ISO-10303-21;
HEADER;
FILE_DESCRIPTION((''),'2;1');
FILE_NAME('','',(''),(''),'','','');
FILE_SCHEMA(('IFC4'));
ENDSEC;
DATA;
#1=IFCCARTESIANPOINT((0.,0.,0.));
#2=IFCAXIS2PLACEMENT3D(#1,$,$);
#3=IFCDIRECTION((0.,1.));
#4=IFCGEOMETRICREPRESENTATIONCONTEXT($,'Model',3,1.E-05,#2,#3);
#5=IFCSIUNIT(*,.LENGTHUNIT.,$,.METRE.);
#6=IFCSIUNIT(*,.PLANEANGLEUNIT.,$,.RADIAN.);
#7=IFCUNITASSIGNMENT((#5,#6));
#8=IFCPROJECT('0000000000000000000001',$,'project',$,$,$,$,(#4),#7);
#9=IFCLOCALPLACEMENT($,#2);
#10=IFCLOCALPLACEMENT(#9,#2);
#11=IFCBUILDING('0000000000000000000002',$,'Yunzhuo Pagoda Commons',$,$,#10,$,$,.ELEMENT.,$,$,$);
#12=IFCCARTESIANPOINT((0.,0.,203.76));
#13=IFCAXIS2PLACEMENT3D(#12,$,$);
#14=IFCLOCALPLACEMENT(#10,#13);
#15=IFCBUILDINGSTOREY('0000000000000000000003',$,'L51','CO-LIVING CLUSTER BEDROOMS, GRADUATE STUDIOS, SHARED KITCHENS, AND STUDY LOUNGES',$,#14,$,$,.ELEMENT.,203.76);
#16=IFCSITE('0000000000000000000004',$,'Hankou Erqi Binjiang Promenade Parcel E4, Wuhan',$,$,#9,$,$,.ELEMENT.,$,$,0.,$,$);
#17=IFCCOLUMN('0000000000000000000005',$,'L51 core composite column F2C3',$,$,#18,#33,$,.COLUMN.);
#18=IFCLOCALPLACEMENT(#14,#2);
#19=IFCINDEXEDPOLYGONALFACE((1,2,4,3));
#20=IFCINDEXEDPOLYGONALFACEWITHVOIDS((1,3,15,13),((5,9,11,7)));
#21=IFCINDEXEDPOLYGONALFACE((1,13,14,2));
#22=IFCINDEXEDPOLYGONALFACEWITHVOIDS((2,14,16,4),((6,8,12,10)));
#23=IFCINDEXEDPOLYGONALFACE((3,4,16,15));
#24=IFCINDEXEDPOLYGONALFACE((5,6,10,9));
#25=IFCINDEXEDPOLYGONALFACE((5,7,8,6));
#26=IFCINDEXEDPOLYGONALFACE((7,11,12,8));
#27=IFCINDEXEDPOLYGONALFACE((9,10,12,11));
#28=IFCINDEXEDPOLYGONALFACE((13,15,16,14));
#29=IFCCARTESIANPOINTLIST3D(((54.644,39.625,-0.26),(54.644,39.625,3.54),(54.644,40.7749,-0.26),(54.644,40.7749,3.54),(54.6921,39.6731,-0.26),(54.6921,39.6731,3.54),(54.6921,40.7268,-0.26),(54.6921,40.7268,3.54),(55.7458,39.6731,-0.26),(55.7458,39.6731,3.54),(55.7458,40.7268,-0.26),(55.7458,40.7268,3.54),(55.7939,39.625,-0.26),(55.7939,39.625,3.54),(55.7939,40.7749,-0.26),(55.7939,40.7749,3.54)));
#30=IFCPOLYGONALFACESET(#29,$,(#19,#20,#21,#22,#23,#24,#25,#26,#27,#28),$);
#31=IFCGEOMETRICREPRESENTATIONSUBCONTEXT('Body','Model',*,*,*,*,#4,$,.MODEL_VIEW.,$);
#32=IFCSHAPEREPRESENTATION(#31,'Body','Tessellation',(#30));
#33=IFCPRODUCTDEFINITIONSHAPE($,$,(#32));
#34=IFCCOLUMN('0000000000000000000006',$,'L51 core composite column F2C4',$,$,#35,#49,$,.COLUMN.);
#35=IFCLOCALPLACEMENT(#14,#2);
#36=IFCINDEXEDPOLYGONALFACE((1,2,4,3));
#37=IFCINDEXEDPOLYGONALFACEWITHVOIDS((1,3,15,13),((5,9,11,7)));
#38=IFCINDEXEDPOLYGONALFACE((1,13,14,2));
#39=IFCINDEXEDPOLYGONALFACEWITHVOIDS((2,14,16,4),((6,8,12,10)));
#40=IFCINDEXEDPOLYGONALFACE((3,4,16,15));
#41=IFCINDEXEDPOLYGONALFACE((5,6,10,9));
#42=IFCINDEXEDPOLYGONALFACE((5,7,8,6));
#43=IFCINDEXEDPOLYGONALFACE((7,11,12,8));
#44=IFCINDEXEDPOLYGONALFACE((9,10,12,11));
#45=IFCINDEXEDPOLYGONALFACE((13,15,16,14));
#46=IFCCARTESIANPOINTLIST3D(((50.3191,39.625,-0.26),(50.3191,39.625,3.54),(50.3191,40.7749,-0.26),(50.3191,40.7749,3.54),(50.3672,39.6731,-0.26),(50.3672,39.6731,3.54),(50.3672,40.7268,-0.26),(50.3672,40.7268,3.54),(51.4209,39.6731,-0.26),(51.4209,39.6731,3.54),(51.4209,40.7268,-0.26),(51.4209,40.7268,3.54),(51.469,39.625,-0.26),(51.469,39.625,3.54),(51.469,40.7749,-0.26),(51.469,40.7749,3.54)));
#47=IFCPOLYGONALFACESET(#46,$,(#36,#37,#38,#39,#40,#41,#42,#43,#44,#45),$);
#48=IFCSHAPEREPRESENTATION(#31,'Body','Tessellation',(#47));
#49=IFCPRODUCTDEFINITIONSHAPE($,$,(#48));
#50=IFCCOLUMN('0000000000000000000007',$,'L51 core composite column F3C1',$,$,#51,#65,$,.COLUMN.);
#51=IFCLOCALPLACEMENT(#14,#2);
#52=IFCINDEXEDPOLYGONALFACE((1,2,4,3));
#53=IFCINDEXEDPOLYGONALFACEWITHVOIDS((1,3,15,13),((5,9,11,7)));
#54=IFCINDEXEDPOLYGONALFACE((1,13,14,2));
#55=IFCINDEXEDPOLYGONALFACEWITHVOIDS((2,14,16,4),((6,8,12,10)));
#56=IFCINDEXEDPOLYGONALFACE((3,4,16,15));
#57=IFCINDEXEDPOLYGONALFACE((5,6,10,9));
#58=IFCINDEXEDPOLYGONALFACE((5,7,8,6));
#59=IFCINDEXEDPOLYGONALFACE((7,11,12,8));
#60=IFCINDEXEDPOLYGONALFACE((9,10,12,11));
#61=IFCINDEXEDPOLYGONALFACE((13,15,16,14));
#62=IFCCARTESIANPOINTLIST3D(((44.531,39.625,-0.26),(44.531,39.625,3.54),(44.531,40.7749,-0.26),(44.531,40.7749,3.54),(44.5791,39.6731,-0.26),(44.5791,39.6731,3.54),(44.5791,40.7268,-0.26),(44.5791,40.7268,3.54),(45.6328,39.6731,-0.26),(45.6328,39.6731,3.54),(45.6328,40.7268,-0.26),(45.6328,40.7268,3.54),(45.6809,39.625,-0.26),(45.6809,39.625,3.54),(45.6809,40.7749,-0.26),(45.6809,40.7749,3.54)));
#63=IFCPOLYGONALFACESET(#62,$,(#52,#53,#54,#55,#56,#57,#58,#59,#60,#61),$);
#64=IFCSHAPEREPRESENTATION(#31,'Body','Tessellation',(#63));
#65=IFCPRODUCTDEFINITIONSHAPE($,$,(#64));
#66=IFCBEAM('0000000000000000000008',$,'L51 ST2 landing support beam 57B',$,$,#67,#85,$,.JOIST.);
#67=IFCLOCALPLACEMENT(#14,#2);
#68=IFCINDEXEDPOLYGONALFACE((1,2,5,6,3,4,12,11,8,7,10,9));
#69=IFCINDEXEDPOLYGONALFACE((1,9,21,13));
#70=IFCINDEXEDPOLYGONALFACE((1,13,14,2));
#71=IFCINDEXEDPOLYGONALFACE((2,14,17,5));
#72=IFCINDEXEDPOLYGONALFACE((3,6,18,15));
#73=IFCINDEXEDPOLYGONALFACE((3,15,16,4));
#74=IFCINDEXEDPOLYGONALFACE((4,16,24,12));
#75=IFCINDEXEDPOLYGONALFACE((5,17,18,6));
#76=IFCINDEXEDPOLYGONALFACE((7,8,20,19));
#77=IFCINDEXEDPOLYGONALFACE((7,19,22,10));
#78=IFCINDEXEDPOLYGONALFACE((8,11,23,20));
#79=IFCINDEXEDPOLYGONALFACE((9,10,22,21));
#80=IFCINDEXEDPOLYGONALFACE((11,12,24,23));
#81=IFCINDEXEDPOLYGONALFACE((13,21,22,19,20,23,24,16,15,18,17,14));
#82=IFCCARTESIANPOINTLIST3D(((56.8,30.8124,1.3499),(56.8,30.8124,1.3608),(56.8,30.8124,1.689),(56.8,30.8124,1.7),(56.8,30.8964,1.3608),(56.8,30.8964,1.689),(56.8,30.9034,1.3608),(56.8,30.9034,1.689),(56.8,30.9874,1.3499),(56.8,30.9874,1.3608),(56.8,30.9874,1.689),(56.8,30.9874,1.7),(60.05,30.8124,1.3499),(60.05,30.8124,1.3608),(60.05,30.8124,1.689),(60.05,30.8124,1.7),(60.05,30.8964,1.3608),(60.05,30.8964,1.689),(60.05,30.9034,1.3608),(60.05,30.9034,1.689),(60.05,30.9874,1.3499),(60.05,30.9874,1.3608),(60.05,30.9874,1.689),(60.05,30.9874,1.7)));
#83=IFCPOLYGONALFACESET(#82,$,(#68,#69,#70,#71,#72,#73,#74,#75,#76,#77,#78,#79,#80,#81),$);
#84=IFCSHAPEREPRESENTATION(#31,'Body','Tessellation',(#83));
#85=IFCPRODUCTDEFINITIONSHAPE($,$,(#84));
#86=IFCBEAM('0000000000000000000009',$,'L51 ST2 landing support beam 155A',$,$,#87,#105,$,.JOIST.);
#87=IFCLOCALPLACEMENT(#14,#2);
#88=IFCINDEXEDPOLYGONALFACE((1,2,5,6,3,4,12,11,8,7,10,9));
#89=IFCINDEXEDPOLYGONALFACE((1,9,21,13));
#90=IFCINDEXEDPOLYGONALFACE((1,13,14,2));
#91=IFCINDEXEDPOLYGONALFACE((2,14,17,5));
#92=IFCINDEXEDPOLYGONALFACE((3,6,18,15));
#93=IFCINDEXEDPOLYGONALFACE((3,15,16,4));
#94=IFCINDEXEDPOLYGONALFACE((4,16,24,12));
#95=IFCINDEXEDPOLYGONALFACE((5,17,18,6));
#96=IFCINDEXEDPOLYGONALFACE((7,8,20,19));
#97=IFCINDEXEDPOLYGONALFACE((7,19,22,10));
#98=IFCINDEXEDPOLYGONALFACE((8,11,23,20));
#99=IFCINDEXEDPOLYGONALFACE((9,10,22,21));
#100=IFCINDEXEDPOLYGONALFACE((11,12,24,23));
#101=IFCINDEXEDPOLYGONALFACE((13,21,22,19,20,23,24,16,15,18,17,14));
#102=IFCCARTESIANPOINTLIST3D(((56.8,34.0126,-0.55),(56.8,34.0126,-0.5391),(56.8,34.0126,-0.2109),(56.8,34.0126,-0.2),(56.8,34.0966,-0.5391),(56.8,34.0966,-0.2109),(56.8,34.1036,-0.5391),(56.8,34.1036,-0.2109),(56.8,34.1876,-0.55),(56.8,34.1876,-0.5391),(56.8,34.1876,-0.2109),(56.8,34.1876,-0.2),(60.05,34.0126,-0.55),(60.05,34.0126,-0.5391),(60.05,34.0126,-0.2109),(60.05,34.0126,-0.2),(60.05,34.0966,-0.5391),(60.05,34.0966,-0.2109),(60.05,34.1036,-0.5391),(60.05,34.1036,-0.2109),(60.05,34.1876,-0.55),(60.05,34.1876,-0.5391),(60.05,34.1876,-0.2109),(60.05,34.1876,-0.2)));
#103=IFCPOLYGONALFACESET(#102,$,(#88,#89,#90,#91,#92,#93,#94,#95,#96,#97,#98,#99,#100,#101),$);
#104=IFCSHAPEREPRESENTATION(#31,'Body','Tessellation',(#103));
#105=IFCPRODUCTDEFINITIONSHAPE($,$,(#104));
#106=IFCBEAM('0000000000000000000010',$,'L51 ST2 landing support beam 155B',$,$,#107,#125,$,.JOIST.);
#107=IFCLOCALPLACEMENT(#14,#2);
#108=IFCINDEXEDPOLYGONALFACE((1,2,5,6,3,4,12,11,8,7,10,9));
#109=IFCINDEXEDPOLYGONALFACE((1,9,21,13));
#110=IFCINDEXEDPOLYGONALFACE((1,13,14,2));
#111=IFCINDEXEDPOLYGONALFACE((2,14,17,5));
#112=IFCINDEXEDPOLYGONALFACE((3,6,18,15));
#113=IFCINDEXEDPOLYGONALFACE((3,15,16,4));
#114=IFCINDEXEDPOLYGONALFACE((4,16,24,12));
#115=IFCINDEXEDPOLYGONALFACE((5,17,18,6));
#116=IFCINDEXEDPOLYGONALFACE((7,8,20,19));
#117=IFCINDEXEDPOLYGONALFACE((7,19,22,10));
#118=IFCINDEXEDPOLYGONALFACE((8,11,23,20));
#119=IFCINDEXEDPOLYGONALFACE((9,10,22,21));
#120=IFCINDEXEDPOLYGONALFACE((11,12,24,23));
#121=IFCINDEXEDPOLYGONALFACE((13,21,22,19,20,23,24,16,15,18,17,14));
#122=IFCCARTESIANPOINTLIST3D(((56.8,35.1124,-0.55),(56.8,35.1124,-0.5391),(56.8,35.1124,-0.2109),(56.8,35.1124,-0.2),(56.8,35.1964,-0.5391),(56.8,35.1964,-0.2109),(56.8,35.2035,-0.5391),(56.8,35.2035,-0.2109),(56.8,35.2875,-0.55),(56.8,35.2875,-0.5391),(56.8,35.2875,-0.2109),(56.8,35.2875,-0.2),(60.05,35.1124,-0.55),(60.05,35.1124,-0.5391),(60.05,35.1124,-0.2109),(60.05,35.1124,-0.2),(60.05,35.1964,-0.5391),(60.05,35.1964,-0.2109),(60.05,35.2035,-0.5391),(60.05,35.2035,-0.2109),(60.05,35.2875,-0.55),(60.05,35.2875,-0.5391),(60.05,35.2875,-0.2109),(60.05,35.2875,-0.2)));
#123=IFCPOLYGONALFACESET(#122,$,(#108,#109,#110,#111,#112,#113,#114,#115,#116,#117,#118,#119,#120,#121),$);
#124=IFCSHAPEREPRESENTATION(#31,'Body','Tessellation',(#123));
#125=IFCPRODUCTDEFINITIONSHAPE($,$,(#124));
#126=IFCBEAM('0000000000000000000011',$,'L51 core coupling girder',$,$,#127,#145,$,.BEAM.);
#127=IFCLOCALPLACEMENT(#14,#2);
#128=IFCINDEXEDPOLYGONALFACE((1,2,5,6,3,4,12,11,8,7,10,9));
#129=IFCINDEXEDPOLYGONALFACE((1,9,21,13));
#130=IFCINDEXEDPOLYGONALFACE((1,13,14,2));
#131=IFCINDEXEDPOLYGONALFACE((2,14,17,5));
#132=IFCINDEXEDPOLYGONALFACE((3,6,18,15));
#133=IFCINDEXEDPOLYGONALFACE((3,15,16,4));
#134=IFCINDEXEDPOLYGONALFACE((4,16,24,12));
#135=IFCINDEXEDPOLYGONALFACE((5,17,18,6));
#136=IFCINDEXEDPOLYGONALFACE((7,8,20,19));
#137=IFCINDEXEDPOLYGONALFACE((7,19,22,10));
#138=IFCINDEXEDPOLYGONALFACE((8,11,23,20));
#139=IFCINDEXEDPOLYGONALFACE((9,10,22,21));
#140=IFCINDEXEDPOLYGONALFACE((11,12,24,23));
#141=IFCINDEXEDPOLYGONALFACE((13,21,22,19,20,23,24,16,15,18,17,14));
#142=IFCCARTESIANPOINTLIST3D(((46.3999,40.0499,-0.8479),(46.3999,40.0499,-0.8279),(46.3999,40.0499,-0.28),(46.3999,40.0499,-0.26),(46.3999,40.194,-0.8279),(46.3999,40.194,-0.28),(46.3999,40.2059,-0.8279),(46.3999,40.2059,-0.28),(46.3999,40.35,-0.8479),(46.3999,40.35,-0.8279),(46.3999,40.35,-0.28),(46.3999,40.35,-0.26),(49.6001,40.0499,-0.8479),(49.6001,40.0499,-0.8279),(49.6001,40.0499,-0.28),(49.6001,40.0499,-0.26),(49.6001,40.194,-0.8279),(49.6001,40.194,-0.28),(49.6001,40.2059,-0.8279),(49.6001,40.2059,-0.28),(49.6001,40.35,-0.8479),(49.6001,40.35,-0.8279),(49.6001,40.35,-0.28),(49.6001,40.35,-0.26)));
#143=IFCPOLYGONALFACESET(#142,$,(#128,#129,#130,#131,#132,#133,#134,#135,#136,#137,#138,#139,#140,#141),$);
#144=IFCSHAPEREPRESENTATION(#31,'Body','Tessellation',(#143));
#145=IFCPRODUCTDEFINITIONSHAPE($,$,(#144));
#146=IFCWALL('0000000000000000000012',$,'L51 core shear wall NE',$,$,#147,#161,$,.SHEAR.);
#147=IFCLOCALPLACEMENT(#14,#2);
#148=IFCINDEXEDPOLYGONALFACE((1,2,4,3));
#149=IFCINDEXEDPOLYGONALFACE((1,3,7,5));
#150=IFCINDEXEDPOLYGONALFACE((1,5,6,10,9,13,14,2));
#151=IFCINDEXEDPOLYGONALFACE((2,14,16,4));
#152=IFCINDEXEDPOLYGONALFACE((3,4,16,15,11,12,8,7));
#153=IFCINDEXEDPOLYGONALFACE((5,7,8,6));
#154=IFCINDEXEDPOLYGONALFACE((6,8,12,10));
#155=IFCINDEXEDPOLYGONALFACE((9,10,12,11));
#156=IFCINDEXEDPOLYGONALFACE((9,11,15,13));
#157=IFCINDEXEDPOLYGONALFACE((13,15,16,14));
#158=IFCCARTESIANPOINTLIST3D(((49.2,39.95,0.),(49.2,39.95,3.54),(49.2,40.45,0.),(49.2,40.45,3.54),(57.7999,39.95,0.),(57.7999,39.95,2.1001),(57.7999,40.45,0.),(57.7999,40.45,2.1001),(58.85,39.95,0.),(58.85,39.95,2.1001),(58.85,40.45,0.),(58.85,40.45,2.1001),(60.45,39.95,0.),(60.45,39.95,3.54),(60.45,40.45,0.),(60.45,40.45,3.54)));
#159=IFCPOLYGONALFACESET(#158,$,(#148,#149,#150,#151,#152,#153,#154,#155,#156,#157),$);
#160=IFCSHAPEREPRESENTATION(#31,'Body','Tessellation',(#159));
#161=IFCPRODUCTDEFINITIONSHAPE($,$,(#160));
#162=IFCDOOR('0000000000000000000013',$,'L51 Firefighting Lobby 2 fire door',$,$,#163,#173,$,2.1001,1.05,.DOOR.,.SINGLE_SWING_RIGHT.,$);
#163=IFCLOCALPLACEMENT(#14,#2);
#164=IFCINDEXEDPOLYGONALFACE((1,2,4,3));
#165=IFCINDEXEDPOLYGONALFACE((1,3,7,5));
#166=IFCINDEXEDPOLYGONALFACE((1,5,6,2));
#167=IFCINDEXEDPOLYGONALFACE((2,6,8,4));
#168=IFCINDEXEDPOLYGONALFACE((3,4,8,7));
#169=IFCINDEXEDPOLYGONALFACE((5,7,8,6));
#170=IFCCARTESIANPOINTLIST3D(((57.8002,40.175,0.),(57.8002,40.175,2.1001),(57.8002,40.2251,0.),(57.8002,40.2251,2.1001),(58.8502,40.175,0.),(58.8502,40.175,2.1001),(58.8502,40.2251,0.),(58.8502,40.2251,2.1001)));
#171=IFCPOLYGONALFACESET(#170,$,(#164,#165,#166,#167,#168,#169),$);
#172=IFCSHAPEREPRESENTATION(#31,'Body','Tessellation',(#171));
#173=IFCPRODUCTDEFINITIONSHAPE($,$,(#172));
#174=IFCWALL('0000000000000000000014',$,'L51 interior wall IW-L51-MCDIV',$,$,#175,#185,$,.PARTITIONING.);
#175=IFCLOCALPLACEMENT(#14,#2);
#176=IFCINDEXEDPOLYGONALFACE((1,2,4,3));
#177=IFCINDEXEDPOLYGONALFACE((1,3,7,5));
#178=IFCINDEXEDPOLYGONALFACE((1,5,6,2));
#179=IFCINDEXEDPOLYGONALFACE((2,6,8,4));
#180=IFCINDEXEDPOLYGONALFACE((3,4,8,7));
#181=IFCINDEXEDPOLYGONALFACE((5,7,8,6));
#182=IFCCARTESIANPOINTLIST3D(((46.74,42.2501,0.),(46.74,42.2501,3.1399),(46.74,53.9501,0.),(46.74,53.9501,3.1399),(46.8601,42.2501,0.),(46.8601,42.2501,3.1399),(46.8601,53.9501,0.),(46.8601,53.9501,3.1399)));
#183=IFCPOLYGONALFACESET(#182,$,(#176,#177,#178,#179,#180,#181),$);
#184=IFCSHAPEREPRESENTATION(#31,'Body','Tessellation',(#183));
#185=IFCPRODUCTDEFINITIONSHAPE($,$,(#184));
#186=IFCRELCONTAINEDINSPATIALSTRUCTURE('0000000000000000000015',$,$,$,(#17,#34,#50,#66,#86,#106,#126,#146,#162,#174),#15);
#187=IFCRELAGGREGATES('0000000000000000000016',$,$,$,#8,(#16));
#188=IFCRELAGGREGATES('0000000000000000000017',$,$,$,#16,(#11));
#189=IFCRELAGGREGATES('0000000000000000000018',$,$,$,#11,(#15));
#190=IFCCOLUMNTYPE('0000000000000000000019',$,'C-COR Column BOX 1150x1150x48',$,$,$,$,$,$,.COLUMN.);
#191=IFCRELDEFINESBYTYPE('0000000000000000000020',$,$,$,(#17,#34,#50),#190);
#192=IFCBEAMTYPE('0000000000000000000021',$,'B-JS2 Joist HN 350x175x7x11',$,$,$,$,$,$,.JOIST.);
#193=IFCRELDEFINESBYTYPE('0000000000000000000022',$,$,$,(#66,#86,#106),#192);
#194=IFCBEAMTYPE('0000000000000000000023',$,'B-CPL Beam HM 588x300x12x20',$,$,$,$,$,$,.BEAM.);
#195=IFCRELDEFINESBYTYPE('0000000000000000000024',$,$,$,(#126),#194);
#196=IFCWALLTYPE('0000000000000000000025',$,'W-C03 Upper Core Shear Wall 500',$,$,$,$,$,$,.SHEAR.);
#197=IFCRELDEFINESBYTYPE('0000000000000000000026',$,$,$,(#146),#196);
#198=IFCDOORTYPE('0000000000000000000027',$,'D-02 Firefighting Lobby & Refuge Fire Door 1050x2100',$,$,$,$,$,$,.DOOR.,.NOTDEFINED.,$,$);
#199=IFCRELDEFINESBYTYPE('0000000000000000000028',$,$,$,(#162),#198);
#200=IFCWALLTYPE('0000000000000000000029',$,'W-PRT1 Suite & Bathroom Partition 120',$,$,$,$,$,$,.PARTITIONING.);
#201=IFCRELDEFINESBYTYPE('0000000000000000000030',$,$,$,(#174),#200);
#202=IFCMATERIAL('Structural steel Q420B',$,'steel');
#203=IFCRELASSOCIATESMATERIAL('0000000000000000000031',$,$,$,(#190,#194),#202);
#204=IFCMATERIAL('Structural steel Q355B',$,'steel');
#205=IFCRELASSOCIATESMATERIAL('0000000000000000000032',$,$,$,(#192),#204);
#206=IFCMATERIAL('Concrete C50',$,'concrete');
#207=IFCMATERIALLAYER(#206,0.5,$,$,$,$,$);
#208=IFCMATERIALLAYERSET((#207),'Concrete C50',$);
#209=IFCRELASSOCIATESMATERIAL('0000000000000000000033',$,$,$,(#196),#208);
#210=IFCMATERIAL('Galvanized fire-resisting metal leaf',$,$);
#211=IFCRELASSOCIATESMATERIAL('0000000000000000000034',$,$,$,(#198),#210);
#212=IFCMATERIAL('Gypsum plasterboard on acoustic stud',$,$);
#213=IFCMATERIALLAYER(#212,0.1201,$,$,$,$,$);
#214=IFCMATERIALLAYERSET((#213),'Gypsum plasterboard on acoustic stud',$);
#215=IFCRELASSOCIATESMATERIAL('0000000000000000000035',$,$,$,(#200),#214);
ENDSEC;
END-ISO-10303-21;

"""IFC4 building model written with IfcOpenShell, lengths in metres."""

from ifc_helpers import new_model, si_unit, direction, frame, frame_2d, origin, origin_2d, place, context, subcontext, project, spatial, rectangle, hollow_rectangle, i_section, extrude, source, transform, mapped, material, layer, layer_set, material_profile, profile_set, type_object, element, fill, save


model = new_model("IFC4")

# Units and contexts
model_context = context("Model", 3, precision=1e-05, world=origin(), true_north=direction((0.0, 1.0)))
body_context = subcontext(model_context, "Body", "Model", "MODEL_VIEW")
ifc_project = project(units=[si_unit("LENGTHUNIT", "METRE"), si_unit("PLANEANGLEUNIT", "RADIAN")], contexts=[model_context])

# Site, building, storey
site_placement = place(None, origin())
site = spatial("IfcSite", under=ifc_project, at=site_placement, Name="Hankou Erqi Binjiang Promenade Parcel E4, Wuhan", CompositionType="ELEMENT", RefElevation=0.0)
building_placement = place(site_placement, origin())
building = spatial("IfcBuilding", under=site, at=building_placement, Name="Yunzhuo Pagoda Commons", CompositionType="ELEMENT")
storey_placement = place(building_placement, frame((0.0, 0.0, 203.76)))
storey = spatial("IfcBuildingStorey", under=building, at=storey_placement, Name="L51", Description="CO-LIVING CLUSTER BEDROOMS, GRADUATE STUDIOS, SHARED KITCHENS, AND STUDY LOUNGES", CompositionType="ELEMENT", Elevation=203.76)

# Columns
ifc_material_1 = material(Name="Structural steel Q420B", Category="steel")
ifc_material_profile_1 = material_profile(ifc_material_1, hollow_rectangle(XDim=1.1499, YDim=1.1499, WallThickness=0.0481, at=origin_2d()), Name="Structural steel Q420B")
ifc_profile_set_1 = profile_set([ifc_material_profile_1], Name="Structural steel Q420B")
column_type = type_object("IfcColumnType", Name="C-COR Column BOX 1150x1150x48", PredefinedType="COLUMN", material=ifc_profile_set_1)
shared_shape_1 = source(origin(), body_context, "Body", "SweptSolid", [
    extrude(hollow_rectangle(XDim=1.1499, YDim=1.1499, WallThickness=0.0481, at=origin_2d()), origin(), (0.0, 0.0, 1.0), 3.8),
])
for number, where, z_axis, x_axis, name in (
    (1, (55.219, 40.2, -0.26), (0.0, 0.0, 1.0), (1.0, 0.0, 0.0), "L51 core composite column F2C3"),
    (2, (50.894, 40.2, -0.26), (0.0, 0.0, 1.0), (1.0, 0.0, 0.0), "L51 core composite column F2C4"),
    (3, (45.106, 40.2, -0.26), (0.0, 0.0, 1.0), (1.0, 0.0, 0.0), "L51 core composite column F3C1"),
):
    element("IfcColumn", number, at=place(storey_placement, frame(where, z_axis=z_axis, x_axis=x_axis)), inside=storey, type_object=column_type, Name=name, PredefinedType="COLUMN", context=body_context, shape_type="MappedRepresentation", body=[
        mapped(shared_shape_1, transform((0.0, 0.0, 0.0), scale=1.0)),
    ])

# Beams
ifc_material_2 = material(Name="Structural steel Q355B", Category="steel")
ifc_material_profile_2 = material_profile(ifc_material_2, i_section(OverallWidth=0.175, OverallDepth=0.3501, WebThickness=0.0071, FlangeThickness=0.011, at=origin_2d()), Name="Structural steel Q355B")
ifc_profile_set_2 = profile_set([ifc_material_profile_2], Name="Structural steel Q355B")
beam_type_1 = type_object("IfcBeamType", Name="B-JS2 Joist HN 350x175x7x11", PredefinedType="JOIST", material=ifc_profile_set_2)
shared_shape_2 = source(origin(), body_context, "Body", "SweptSolid", [
    extrude(i_section(OverallWidth=0.175, OverallDepth=0.3501, WebThickness=0.0071, FlangeThickness=0.011, at=origin_2d()), origin(), (0.0, 0.0, 1.0), 3.25),
])
for number, where, z_axis, x_axis, name in (
    (4, (56.8, 30.8999, 1.5249), (1.0, 0.0, 0.0), (0.0, 1.0, 0.0), "L51 ST2 landing support beam 57B"),
    (5, (56.8, 34.1001, -0.375), (1.0, 0.0, 0.0), (0.0, 1.0, 0.0), "L51 ST2 landing support beam 155A"),
    (6, (56.8, 35.2, -0.375), (1.0, 0.0, 0.0), (0.0, 1.0, 0.0), "L51 ST2 landing support beam 155B"),
):
    element("IfcBeam", number, at=place(storey_placement, frame(where, z_axis=z_axis, x_axis=x_axis)), inside=storey, type_object=beam_type_1, Name=name, PredefinedType="JOIST", context=body_context, shape_type="MappedRepresentation", body=[
        mapped(shared_shape_2, transform((0.0, 0.0, 0.0), scale=1.0)),
    ])
ifc_material_profile_3 = material_profile(ifc_material_1, i_section(OverallWidth=0.3, OverallDepth=0.5879, WebThickness=0.012, FlangeThickness=0.02, at=origin_2d()), Name="Structural steel Q420B")
ifc_profile_set_3 = profile_set([ifc_material_profile_3], Name="Structural steel Q420B")
beam_type_2 = type_object("IfcBeamType", Name="B-CPL Beam HM 588x300x12x20", PredefinedType="BEAM", material=ifc_profile_set_3)
shared_shape_3 = source(origin(), body_context, "Body", "SweptSolid", [
    extrude(i_section(OverallWidth=0.3, OverallDepth=0.5879, WebThickness=0.012, FlangeThickness=0.02, at=origin_2d()), origin(), (0.0, 0.0, 1.0), 3.2002),
])
beam_placement = place(storey_placement, frame((46.3999, 40.2, -0.554), z_axis=(1.0, 0.0, 0.0), x_axis=(0.0, 1.0, 0.0)))
element("IfcBeam", 7, at=beam_placement, inside=storey, type_object=beam_type_2, Name="L51 core coupling girder", PredefinedType="BEAM", context=body_context, shape_type="MappedRepresentation", body=[
    mapped(shared_shape_3, transform((0.0, 0.0, 0.0), scale=1.0)),
])

# Wall, opening, door
ifc_material_3 = material(Name="Concrete C50", Category="concrete")
ifc_layer_1 = layer(ifc_material_3, 0.5)
ifc_layer_set_1 = layer_set([ifc_layer_1], Name="Concrete C50")
wall_type_1 = type_object("IfcWallType", Name="W-C03 Upper Core Shear Wall 500", PredefinedType="SHEAR", material=ifc_layer_set_1)
wall_1_placement = place(storey_placement, frame((49.2, 40.2, 0.0), z_axis=(0.0, 0.0, 1.0), x_axis=(1.0, 0.0, 0.0)))
wall_1 = element("IfcWall", 8, at=wall_1_placement, inside=storey, type_object=wall_type_1, Name="L51 core shear wall NE", PredefinedType="SHEAR", context=body_context, shape_type="SweptSolid", body=[
    extrude(rectangle(XDim=11.25, YDim=0.5, at=frame_2d((5.625, 0.0))), origin(), (0.0, 0.0, 1.0), 3.54),
])
opening_1_placement = place(wall_1_placement, frame((8.6001, 0.0, 0.0)))
opening_1 = element("IfcOpeningElement", 9, at=opening_1_placement, cuts=wall_1, PredefinedType="OPENING", context=body_context, shape_type="SweptSolid", body=[
    extrude(rectangle(XDim=1.05, YDim=2.1001, at=frame_2d((0.5249, 1.05))), frame((0.0, 0.26, 0.0), z_axis=(0.0, -1.0, 0.0), x_axis=(1.0, 0.0, 0.0)), (0.0, 0.0, 1.0), 0.52),
])
ifc_material_4 = material(Name="Galvanized fire-resisting metal leaf")
door_type_1 = type_object("IfcDoorType", Name="D-02 Firefighting Lobby & Refuge Fire Door 1050x2100", OperationType="NOTDEFINED", PredefinedType="DOOR", material=ifc_material_4)
shared_shape_4 = source(origin(), body_context, "Body", "SweptSolid", [
    extrude(rectangle(XDim=1.05, YDim=2.1001, at=frame_2d((0.5249, 1.05))), frame((0.0, 0.0249, 0.0), z_axis=(0.0, -1.0, 0.0), x_axis=(1.0, 0.0, 0.0)), (0.0, 0.0, 1.0), 0.05),
])
door_1_placement = place(opening_1_placement, frame((1.05, 0.0, 0.0), z_axis=(0.0, 0.0, 1.0), x_axis=(-1.0, 0.0, 0.0)))
door_1 = element("IfcDoor", 10, at=door_1_placement, inside=storey, type_object=door_type_1, Name="L51 Firefighting Lobby 2 fire door", OperationType="SINGLE_SWING_RIGHT", OverallHeight=2.1001, OverallWidth=1.05, PredefinedType="DOOR", context=body_context, shape_type="MappedRepresentation", body=[
    mapped(shared_shape_4, transform((0.0, 0.0, 0.0), scale=1.0)),
])
fill(opening_1, door_1)

# Wall
ifc_material_5 = material(Name="Gypsum plasterboard on acoustic stud")
ifc_layer_2 = layer(ifc_material_5, 0.1201)
ifc_layer_set_2 = layer_set([ifc_layer_2], Name="Gypsum plasterboard on acoustic stud")
wall_type_2 = type_object("IfcWallType", Name="W-PRT1 Suite & Bathroom Partition 120", PredefinedType="PARTITIONING", material=ifc_layer_set_2)
wall_2_placement = place(storey_placement, frame((46.8, 42.25, 0.0), z_axis=(0.0, 0.0, 1.0), x_axis=(0.0, 1.0, 0.0)))
element("IfcWall", 11, at=wall_2_placement, inside=storey, type_object=wall_type_2, Name="L51 interior wall IW-L51-MCDIV", PredefinedType="PARTITIONING", context=body_context, shape_type="SweptSolid", body=[
    extrude(rectangle(XDim=11.7, YDim=0.1201, at=frame_2d((5.8501, 0.0))), origin(), (0.0, 0.0, 1.0), 3.1399),
])

save(model, "model.ifc")
